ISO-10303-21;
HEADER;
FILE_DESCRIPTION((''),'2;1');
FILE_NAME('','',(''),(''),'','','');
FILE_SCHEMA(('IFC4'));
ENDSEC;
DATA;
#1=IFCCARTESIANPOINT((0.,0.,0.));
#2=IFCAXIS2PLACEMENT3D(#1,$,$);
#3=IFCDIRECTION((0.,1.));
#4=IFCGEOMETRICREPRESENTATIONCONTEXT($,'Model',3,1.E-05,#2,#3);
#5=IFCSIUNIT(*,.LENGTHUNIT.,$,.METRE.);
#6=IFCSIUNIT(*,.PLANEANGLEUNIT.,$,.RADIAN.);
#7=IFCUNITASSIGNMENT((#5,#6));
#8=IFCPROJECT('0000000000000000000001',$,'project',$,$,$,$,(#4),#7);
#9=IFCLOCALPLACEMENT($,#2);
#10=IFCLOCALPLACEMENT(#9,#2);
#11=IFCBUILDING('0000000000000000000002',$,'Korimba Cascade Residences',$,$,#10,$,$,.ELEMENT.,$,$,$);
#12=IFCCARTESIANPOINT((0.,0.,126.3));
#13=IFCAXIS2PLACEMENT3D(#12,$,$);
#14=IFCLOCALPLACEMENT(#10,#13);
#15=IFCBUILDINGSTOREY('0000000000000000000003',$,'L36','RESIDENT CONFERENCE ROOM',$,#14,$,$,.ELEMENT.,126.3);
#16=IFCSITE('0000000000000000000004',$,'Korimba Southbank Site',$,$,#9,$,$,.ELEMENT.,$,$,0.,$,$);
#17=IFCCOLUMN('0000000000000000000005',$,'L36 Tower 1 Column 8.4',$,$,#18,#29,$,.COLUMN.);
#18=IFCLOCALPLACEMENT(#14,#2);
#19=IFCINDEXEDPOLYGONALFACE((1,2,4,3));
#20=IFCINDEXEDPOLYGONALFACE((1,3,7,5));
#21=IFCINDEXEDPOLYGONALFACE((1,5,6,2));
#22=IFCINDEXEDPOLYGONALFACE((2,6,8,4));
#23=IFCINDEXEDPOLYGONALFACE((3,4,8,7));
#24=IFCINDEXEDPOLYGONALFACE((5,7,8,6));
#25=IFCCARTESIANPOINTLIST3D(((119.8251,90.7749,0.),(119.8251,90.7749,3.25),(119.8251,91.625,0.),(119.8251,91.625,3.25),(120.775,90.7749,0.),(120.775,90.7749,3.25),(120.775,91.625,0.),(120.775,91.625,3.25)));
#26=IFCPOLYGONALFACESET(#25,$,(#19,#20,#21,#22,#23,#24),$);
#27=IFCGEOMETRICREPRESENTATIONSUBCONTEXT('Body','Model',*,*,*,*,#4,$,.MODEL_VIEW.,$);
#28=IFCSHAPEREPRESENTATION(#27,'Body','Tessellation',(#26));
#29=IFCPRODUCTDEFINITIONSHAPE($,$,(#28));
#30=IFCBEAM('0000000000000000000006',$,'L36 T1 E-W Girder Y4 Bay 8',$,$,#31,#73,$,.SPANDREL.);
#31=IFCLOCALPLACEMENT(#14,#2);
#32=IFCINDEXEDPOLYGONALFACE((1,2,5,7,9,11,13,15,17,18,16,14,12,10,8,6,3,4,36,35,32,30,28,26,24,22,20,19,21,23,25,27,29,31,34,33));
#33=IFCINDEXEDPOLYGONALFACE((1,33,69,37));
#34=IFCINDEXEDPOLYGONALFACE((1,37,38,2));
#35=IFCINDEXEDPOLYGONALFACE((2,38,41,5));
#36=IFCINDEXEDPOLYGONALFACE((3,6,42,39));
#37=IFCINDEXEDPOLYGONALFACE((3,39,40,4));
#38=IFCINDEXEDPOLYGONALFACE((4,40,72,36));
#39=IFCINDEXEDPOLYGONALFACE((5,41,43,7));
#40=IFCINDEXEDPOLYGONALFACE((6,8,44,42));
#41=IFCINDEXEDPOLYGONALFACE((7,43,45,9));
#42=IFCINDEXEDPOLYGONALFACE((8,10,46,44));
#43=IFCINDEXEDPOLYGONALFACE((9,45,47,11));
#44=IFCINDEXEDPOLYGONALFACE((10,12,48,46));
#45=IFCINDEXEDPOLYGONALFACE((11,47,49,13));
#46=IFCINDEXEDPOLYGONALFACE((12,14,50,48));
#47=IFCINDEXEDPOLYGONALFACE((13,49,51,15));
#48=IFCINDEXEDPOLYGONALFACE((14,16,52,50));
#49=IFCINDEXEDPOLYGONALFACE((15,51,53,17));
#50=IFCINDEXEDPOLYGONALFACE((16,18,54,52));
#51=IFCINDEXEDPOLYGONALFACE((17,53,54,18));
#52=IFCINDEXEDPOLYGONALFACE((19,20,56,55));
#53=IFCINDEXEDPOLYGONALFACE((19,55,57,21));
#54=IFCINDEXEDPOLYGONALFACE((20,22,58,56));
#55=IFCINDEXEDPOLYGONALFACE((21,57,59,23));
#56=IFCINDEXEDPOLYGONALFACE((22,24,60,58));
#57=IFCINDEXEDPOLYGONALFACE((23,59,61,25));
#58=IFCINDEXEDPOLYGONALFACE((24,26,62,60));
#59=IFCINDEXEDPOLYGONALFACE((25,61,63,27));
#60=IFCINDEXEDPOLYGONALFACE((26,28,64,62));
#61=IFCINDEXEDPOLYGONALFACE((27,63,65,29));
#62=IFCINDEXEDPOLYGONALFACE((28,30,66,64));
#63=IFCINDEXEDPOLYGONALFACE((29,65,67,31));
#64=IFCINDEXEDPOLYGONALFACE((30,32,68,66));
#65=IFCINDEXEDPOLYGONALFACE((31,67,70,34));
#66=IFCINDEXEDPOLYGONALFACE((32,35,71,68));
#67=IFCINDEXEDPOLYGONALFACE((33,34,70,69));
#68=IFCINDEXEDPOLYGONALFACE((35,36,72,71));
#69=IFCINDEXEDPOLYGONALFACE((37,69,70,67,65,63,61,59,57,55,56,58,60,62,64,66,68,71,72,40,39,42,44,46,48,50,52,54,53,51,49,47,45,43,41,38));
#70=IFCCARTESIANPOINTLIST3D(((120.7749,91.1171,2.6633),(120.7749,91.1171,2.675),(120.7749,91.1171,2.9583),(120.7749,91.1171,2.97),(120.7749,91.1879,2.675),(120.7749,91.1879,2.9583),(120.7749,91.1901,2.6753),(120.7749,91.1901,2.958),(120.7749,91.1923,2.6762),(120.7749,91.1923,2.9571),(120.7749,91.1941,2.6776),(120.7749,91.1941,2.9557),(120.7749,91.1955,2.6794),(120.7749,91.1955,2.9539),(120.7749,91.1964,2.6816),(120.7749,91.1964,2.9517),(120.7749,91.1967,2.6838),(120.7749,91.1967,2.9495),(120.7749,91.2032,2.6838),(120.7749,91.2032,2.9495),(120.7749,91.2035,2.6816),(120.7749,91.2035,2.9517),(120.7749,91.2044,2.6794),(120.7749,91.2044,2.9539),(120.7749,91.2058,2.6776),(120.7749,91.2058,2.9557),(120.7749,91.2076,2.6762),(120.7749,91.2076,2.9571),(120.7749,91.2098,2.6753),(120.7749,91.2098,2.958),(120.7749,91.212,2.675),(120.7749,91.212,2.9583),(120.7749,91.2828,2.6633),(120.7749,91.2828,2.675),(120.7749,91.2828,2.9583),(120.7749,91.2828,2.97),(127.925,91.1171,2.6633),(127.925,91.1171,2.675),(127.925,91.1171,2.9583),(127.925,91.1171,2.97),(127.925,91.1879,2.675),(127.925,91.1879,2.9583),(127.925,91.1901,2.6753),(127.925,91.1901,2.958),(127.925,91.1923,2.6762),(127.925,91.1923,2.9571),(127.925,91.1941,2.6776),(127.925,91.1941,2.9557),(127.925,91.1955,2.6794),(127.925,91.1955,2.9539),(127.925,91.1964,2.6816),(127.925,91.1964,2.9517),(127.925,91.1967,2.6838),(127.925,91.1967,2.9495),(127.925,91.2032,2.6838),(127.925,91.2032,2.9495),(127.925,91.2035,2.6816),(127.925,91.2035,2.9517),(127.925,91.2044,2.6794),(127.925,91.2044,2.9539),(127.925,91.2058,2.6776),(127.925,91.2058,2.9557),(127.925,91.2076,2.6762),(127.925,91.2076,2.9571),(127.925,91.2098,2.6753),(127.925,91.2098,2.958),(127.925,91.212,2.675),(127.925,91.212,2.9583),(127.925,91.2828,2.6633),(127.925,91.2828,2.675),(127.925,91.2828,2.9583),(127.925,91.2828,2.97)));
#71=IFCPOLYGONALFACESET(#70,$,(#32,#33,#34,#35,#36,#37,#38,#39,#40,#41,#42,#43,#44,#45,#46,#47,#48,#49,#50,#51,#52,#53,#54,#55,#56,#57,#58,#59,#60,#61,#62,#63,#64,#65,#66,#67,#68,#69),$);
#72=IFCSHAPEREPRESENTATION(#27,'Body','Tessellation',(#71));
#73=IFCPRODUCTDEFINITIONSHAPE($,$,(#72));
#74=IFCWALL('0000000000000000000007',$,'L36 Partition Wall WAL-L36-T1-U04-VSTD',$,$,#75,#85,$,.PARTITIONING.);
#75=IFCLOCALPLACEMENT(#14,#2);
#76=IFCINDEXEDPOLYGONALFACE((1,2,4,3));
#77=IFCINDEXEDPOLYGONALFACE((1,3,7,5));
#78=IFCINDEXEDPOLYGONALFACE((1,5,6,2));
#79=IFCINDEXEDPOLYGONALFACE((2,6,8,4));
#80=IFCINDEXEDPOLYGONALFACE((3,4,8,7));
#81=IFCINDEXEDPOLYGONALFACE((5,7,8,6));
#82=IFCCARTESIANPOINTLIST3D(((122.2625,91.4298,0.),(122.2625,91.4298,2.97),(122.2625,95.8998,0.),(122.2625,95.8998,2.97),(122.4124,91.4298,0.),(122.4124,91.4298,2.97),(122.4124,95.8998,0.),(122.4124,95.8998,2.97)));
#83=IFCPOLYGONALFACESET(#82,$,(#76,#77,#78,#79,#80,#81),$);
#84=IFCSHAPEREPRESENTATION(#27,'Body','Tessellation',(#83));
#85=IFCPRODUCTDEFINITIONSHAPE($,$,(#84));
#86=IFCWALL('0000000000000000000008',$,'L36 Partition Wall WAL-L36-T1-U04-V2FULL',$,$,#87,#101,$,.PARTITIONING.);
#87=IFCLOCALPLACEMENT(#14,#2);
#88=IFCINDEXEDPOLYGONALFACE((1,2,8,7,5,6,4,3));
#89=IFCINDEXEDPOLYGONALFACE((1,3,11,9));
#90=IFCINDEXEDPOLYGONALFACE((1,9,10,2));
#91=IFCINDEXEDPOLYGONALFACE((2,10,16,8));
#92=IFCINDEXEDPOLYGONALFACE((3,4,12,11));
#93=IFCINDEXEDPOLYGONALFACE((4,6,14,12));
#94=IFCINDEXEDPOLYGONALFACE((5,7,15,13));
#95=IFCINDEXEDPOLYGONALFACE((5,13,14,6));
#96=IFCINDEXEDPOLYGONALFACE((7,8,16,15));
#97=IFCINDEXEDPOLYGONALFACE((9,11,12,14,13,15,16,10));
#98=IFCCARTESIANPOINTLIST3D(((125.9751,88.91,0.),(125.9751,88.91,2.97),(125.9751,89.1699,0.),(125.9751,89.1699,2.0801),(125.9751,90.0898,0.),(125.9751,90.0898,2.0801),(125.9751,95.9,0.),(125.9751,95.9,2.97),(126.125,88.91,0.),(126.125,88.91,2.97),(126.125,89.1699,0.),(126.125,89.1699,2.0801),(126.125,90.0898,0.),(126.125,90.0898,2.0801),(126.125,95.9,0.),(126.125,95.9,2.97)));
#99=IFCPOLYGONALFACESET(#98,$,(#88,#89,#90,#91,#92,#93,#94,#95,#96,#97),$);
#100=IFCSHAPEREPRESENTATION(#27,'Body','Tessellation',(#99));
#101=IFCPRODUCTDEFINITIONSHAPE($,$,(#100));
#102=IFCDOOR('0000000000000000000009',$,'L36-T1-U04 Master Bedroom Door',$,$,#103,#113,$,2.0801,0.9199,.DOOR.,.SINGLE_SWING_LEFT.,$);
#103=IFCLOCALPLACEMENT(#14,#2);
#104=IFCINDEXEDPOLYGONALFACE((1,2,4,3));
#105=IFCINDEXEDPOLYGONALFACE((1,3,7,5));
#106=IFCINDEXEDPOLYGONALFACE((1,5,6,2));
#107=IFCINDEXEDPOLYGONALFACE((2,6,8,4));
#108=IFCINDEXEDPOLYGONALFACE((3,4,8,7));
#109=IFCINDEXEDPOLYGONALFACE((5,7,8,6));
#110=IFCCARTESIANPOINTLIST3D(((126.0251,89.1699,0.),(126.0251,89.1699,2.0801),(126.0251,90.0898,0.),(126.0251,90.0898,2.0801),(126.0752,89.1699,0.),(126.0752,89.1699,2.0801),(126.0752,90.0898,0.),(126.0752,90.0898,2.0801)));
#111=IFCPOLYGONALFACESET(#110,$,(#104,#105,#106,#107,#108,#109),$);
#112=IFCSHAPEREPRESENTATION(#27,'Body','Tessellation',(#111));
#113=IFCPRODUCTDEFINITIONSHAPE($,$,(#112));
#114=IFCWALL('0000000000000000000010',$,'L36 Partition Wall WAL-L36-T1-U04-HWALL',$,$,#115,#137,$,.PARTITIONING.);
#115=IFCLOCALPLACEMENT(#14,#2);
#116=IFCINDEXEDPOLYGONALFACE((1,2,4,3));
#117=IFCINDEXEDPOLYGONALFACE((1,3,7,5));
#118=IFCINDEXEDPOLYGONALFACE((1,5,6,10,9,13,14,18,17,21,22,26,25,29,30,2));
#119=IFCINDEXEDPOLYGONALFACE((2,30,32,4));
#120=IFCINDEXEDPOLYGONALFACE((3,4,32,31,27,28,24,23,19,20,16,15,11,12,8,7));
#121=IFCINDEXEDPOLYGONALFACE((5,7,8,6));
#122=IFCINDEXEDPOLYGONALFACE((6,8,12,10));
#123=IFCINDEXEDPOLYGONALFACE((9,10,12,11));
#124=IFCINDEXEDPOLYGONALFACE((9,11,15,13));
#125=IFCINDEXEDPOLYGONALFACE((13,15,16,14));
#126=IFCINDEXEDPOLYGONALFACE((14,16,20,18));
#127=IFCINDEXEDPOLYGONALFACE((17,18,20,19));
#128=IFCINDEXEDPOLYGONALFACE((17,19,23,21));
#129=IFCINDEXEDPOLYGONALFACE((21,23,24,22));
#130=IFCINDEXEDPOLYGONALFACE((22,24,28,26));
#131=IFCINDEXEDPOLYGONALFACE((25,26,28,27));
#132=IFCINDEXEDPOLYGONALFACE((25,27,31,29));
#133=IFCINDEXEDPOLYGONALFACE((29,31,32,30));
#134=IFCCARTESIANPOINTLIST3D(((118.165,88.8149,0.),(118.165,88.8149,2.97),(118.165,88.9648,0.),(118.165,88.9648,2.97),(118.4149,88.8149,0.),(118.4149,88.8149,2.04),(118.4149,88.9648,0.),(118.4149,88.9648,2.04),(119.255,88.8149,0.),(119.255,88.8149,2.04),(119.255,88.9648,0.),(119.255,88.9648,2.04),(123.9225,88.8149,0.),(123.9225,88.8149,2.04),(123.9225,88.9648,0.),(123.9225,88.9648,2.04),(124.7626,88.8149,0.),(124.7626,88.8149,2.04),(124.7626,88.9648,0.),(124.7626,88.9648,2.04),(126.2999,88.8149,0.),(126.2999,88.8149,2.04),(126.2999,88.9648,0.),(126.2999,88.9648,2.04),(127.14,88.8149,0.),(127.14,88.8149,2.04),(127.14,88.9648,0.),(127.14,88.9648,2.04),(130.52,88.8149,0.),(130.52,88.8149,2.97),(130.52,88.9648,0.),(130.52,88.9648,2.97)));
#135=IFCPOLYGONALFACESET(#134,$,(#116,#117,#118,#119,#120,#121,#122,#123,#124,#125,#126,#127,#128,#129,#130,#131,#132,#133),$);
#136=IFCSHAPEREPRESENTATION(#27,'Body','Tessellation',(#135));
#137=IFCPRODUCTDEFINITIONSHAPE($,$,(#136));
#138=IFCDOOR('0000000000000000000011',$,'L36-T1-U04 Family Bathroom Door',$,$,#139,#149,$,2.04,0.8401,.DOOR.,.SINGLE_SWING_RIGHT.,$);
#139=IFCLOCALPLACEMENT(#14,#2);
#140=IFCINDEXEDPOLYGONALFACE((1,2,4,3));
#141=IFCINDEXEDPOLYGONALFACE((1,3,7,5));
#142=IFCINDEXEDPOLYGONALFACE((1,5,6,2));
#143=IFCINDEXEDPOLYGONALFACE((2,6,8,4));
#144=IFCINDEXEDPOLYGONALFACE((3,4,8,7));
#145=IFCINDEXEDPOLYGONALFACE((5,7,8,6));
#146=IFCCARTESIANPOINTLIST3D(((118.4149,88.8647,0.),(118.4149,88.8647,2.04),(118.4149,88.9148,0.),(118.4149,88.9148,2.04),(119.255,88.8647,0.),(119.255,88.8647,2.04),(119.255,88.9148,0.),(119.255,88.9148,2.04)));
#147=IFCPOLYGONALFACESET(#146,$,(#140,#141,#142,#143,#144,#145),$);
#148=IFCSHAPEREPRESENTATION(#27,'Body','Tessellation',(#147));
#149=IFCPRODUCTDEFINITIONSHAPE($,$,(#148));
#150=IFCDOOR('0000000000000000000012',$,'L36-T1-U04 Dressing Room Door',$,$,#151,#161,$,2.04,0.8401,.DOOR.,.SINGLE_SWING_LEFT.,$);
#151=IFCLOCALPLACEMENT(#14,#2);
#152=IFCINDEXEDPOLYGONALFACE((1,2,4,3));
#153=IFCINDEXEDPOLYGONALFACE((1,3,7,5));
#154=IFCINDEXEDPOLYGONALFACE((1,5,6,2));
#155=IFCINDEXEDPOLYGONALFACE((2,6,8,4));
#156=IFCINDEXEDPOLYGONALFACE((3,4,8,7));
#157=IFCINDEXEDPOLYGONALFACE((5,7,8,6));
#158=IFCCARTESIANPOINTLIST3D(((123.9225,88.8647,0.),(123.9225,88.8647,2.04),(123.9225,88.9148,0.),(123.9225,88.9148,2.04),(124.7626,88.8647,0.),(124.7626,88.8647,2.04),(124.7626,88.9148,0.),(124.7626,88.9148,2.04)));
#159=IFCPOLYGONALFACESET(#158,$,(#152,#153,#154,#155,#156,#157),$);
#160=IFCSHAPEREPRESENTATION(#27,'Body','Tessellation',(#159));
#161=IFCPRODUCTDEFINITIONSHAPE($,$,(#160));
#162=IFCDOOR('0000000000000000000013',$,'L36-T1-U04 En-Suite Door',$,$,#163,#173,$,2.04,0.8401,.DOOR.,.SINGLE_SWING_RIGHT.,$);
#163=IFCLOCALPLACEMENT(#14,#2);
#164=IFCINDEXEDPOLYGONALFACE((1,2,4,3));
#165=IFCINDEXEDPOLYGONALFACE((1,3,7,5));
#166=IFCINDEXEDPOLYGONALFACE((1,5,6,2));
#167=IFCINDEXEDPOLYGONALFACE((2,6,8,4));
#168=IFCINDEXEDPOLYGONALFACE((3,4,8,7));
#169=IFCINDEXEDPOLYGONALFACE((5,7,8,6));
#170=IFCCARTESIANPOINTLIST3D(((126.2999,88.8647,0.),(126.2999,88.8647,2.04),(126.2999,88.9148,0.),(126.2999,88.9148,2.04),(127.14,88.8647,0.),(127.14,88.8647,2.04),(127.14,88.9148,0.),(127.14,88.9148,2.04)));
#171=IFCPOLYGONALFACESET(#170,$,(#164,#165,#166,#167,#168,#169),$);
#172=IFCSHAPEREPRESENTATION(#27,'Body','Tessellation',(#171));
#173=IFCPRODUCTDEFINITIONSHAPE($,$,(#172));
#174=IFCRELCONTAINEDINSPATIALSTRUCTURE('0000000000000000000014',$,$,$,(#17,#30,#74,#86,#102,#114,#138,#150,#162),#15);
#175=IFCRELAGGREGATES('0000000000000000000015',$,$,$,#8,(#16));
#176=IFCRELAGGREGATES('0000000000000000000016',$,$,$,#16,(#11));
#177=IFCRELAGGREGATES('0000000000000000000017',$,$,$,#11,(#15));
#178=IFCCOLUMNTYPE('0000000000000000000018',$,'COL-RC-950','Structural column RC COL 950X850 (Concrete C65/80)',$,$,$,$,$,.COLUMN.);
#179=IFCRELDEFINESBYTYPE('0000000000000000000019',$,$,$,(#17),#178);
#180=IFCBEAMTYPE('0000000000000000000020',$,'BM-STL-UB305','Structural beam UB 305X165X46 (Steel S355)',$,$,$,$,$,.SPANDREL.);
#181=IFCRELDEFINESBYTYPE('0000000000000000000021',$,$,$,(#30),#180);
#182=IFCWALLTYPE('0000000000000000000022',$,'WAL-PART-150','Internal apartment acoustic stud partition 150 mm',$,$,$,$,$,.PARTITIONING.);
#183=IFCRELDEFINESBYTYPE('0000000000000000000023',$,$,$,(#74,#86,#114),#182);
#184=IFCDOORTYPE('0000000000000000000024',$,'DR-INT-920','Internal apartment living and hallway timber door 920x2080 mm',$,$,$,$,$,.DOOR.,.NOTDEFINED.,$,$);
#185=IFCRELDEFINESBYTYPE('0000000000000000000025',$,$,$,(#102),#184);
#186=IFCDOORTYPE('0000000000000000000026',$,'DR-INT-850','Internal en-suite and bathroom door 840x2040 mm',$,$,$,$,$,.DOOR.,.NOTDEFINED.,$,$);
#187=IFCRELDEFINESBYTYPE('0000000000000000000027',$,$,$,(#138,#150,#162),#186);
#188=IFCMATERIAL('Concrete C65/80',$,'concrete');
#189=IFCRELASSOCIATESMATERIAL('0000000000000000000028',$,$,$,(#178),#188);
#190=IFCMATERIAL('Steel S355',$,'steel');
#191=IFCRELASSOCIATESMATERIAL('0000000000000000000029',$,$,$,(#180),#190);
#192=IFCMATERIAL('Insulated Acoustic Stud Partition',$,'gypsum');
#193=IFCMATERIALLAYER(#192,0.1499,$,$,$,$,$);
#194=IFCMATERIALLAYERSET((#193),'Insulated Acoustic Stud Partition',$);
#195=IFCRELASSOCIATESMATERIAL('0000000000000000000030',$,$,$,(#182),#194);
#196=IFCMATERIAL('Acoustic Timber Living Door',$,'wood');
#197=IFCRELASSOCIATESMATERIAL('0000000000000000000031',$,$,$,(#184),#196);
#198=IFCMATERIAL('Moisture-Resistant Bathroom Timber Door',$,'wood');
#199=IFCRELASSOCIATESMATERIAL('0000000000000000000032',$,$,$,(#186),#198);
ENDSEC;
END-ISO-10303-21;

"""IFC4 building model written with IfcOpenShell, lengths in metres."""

from ifc_helpers import new_model, si_unit, direction, frame, frame_2d, origin, origin_2d, place, context, subcontext, project, spatial, rectangle, i_section, extrude, material, layer, layer_set, material_profile, profile_set, type_object, element, fill, save


model = new_model("IFC4")

# Units and contexts
model_context = context("Model", 3, precision=1e-05, world=origin(), true_north=direction((0.0, 1.0)))
body_context = subcontext(model_context, "Body", "Model", "MODEL_VIEW")
ifc_project = project(units=[si_unit("LENGTHUNIT", "METRE"), si_unit("PLANEANGLEUNIT", "RADIAN")], contexts=[model_context])

# Site, building, storey
site_placement = place(None, origin())
site = spatial("IfcSite", under=ifc_project, at=site_placement, Name="Korimba Southbank Site", CompositionType="ELEMENT", RefElevation=0.0)
building_placement = place(site_placement, origin())
building = spatial("IfcBuilding", under=site, at=building_placement, Name="Korimba Cascade Residences", CompositionType="ELEMENT")
storey_placement = place(building_placement, frame((0.0, 0.0, 126.3)))
storey = spatial("IfcBuildingStorey", under=building, at=storey_placement, Name="L36", Description="RESIDENT CONFERENCE ROOM", CompositionType="ELEMENT", Elevation=126.3)

# Column
ifc_material_1 = material(Name="Concrete C65/80", Category="concrete")
ifc_material_profile_1 = material_profile(ifc_material_1, rectangle(XDim=0.95, YDim=0.8501, at=origin_2d()), Name="Concrete C65/80")
ifc_profile_set_1 = profile_set([ifc_material_profile_1], Name="Concrete C65/80")
column_type = type_object("IfcColumnType", Name="COL-RC-950", Description="Structural column RC COL 950X850 (Concrete C65/80)", PredefinedType="COLUMN", material=ifc_profile_set_1)
column_placement = place(storey_placement, frame((120.3, 91.2, 0.0), z_axis=(0.0, 0.0, 1.0), x_axis=(1.0, 0.0, 0.0)))
element("IfcColumn", 1, at=column_placement, inside=storey, type_object=column_type, Name="L36 Tower 1 Column 8.4", PredefinedType="COLUMN", context=body_context, shape_type="SweptSolid", body=[
    extrude(rectangle(XDim=0.95, YDim=0.8501, at=origin_2d()), origin(), (0.0, 0.0, 1.0), 3.25),
])

# Beam
ifc_material_2 = material(Name="Steel S355", Category="steel")
ifc_material_profile_2 = material_profile(ifc_material_2, i_section(OverallWidth=0.1658, OverallDepth=0.3066, WebThickness=0.0066, FlangeThickness=0.0117, FilletRadius=0.0088, at=origin_2d()), Name="Steel S355")
ifc_profile_set_2 = profile_set([ifc_material_profile_2], Name="Steel S355")
beam_type = type_object("IfcBeamType", Name="BM-STL-UB305", Description="Structural beam UB 305X165X46 (Steel S355)", PredefinedType="SPANDREL", material=ifc_profile_set_2)
beam_placement = place(storey_placement, frame((120.7749, 91.2, 2.8167), z_axis=(1.0, 0.0, 0.0), x_axis=(0.0, 1.0, 0.0)))
element("IfcBeam", 2, at=beam_placement, inside=storey, type_object=beam_type, Name="L36 T1 E-W Girder Y4 Bay 8", PredefinedType="SPANDREL", context=body_context, shape_type="SweptSolid", body=[
    extrude(i_section(OverallWidth=0.1658, OverallDepth=0.3066, WebThickness=0.0066, FlangeThickness=0.0117, FilletRadius=0.0088, at=origin_2d()), origin(), (0.0, 0.0, 1.0), 7.1501),
])

# Wall
ifc_material_3 = material(Name="Insulated Acoustic Stud Partition", Category="gypsum")
ifc_layer = layer(ifc_material_3, 0.1499)
ifc_layer_set = layer_set([ifc_layer], Name="Insulated Acoustic Stud Partition")
wall_type = type_object("IfcWallType", Name="WAL-PART-150", Description="Internal apartment acoustic stud partition 150 mm", PredefinedType="PARTITIONING", material=ifc_layer_set)
wall_1_placement = place(storey_placement, frame((122.3374, 91.4299, 0.0), z_axis=(0.0, 0.0, 1.0), x_axis=(0.0, 1.0, 0.0)))
element("IfcWall", 3, at=wall_1_placement, inside=storey, type_object=wall_type, Name="L36 Partition Wall WAL-L36-T1-U04-VSTD", PredefinedType="PARTITIONING", context=body_context, shape_type="SweptSolid", body=[
    extrude(rectangle(XDim=4.47, YDim=0.1499, at=frame_2d((2.2349, 0.0))), origin(), (0.0, 0.0, 1.0), 2.97),
])

# Wall, opening, door
wall_2_placement = place(storey_placement, frame((126.05, 88.9099, 0.0), z_axis=(0.0, 0.0, 1.0), x_axis=(0.0, 1.0, 0.0)))
wall_2 = element("IfcWall", 4, at=wall_2_placement, inside=storey, type_object=wall_type, Name="L36 Partition Wall WAL-L36-T1-U04-V2FULL", PredefinedType="PARTITIONING", context=body_context, shape_type="SweptSolid", body=[
    extrude(rectangle(XDim=6.99, YDim=0.1499, at=frame_2d((3.4951, 0.0))), origin(), (0.0, 0.0, 1.0), 2.97),
])
opening_1_placement = place(wall_2_placement, frame((0.26, 0.0, 0.0)))
opening_1 = element("IfcOpeningElement", 5, at=opening_1_placement, cuts=wall_2, PredefinedType="OPENING", context=body_context, shape_type="SweptSolid", body=[
    extrude(rectangle(XDim=0.9199, YDim=2.0801, at=frame_2d((0.46, 1.04))), frame((0.0, 0.085, 0.0), z_axis=(0.0, -1.0, 0.0), x_axis=(1.0, 0.0, 0.0)), (0.0, 0.0, 1.0), 0.1699),
])
ifc_material_4 = material(Name="Acoustic Timber Living Door", Category="wood")
door_type_1 = type_object("IfcDoorType", Name="DR-INT-920", Description="Internal apartment living and hallway timber door 920x2080 mm", OperationType="NOTDEFINED", PredefinedType="DOOR", material=ifc_material_4)
door_1_placement = place(opening_1_placement, origin())
door_1 = element("IfcDoor", 6, at=door_1_placement, inside=storey, type_object=door_type_1, Name="L36-T1-U04 Master Bedroom Door", OperationType="SINGLE_SWING_LEFT", OverallHeight=2.0801, OverallWidth=0.9199, PredefinedType="DOOR", context=body_context, shape_type="SweptSolid", body=[
    extrude(rectangle(XDim=0.9199, YDim=2.0801, at=frame_2d((0.46, 1.04))), frame((0.0, 0.0249, 0.0), z_axis=(0.0, -1.0, 0.0), x_axis=(1.0, 0.0, 0.0)), (0.0, 0.0, 1.0), 0.05),
])
fill(opening_1, door_1)

# Wall, openings, doors
wall_3_placement = place(storey_placement, frame((118.165, 88.8899, 0.0), z_axis=(0.0, 0.0, 1.0), x_axis=(1.0, 0.0, 0.0)))
wall_3 = element("IfcWall", 7, at=wall_3_placement, inside=storey, type_object=wall_type, Name="L36 Partition Wall WAL-L36-T1-U04-HWALL", PredefinedType="PARTITIONING", context=body_context, shape_type="SweptSolid", body=[
    extrude(rectangle(XDim=12.355, YDim=0.1499, at=frame_2d((6.1775, 0.0))), origin(), (0.0, 0.0, 1.0), 2.97),
])
opening_2_placement = place(wall_3_placement, frame((0.25, 0.0, 0.0)))
opening_2 = element("IfcOpeningElement", 8, at=opening_2_placement, cuts=wall_3, PredefinedType="OPENING", context=body_context, shape_type="SweptSolid", body=[
    extrude(rectangle(XDim=0.8401, YDim=2.04, at=frame_2d((0.4199, 1.02))), frame((0.0, 0.085, 0.0), z_axis=(0.0, -1.0, 0.0), x_axis=(1.0, 0.0, 0.0)), (0.0, 0.0, 1.0), 0.1699),
])
opening_3_placement = place(wall_3_placement, frame((5.7576, 0.0, 0.0)))
opening_3 = element("IfcOpeningElement", 9, at=opening_3_placement, cuts=wall_3, PredefinedType="OPENING", context=body_context, shape_type="SweptSolid", body=[
    extrude(rectangle(XDim=0.8401, YDim=2.04, at=frame_2d((0.4199, 1.02))), frame((0.0, 0.085, 0.0), z_axis=(0.0, -1.0, 0.0), x_axis=(1.0, 0.0, 0.0)), (0.0, 0.0, 1.0), 0.1699),
])
opening_4_placement = place(wall_3_placement, frame((8.135, 0.0, 0.0)))
opening_4 = element("IfcOpeningElement", 10, at=opening_4_placement, cuts=wall_3, PredefinedType="OPENING", context=body_context, shape_type="SweptSolid", body=[
    extrude(rectangle(XDim=0.8401, YDim=2.04, at=frame_2d((0.4199, 1.02))), frame((0.0, 0.085, 0.0), z_axis=(0.0, -1.0, 0.0), x_axis=(1.0, 0.0, 0.0)), (0.0, 0.0, 1.0), 0.1699),
])
ifc_material_5 = material(Name="Moisture-Resistant Bathroom Timber Door", Category="wood")
door_type_2 = type_object("IfcDoorType", Name="DR-INT-850", Description="Internal en-suite and bathroom door 840x2040 mm", OperationType="NOTDEFINED", PredefinedType="DOOR", material=ifc_material_5)
door_2_placement = place(opening_2_placement, origin())
door_2 = element("IfcDoor", 11, at=door_2_placement, inside=storey, type_object=door_type_2, Name="L36-T1-U04 Family Bathroom Door", OperationType="SINGLE_SWING_RIGHT", OverallHeight=2.04, OverallWidth=0.8401, PredefinedType="DOOR", context=body_context, shape_type="SweptSolid", body=[
    extrude(rectangle(XDim=0.8401, YDim=2.04, at=frame_2d((0.4199, 1.02))), frame((0.0, 0.0249, 0.0), z_axis=(0.0, -1.0, 0.0), x_axis=(1.0, 0.0, 0.0)), (0.0, 0.0, 1.0), 0.05),
])
fill(opening_2, door_2)
door_3_placement = place(opening_3_placement, origin())
door_3 = element("IfcDoor", 12, at=door_3_placement, inside=storey, type_object=door_type_2, Name="L36-T1-U04 Dressing Room Door", OperationType="SINGLE_SWING_LEFT", OverallHeight=2.04, OverallWidth=0.8401, PredefinedType="DOOR", context=body_context, shape_type="SweptSolid", body=[
    extrude(rectangle(XDim=0.8401, YDim=2.04, at=frame_2d((0.4199, 1.02))), frame((0.0, 0.0249, 0.0), z_axis=(0.0, -1.0, 0.0), x_axis=(1.0, 0.0, 0.0)), (0.0, 0.0, 1.0), 0.05),
])
fill(opening_3, door_3)
door_4_placement = place(opening_4_placement, origin())
door_4 = element("IfcDoor", 13, at=door_4_placement, inside=storey, type_object=door_type_2, Name="L36-T1-U04 En-Suite Door", OperationType="SINGLE_SWING_RIGHT", OverallHeight=2.04, OverallWidth=0.8401, PredefinedType="DOOR", context=body_context, shape_type="SweptSolid", body=[
    extrude(rectangle(XDim=0.8401, YDim=2.04, at=frame_2d((0.4199, 1.02))), frame((0.0, 0.0249, 0.0), z_axis=(0.0, -1.0, 0.0), x_axis=(1.0, 0.0, 0.0)), (0.0, 0.0, 1.0), 0.05),
])
fill(opening_4, door_4)

save(model, "model.ifc")
